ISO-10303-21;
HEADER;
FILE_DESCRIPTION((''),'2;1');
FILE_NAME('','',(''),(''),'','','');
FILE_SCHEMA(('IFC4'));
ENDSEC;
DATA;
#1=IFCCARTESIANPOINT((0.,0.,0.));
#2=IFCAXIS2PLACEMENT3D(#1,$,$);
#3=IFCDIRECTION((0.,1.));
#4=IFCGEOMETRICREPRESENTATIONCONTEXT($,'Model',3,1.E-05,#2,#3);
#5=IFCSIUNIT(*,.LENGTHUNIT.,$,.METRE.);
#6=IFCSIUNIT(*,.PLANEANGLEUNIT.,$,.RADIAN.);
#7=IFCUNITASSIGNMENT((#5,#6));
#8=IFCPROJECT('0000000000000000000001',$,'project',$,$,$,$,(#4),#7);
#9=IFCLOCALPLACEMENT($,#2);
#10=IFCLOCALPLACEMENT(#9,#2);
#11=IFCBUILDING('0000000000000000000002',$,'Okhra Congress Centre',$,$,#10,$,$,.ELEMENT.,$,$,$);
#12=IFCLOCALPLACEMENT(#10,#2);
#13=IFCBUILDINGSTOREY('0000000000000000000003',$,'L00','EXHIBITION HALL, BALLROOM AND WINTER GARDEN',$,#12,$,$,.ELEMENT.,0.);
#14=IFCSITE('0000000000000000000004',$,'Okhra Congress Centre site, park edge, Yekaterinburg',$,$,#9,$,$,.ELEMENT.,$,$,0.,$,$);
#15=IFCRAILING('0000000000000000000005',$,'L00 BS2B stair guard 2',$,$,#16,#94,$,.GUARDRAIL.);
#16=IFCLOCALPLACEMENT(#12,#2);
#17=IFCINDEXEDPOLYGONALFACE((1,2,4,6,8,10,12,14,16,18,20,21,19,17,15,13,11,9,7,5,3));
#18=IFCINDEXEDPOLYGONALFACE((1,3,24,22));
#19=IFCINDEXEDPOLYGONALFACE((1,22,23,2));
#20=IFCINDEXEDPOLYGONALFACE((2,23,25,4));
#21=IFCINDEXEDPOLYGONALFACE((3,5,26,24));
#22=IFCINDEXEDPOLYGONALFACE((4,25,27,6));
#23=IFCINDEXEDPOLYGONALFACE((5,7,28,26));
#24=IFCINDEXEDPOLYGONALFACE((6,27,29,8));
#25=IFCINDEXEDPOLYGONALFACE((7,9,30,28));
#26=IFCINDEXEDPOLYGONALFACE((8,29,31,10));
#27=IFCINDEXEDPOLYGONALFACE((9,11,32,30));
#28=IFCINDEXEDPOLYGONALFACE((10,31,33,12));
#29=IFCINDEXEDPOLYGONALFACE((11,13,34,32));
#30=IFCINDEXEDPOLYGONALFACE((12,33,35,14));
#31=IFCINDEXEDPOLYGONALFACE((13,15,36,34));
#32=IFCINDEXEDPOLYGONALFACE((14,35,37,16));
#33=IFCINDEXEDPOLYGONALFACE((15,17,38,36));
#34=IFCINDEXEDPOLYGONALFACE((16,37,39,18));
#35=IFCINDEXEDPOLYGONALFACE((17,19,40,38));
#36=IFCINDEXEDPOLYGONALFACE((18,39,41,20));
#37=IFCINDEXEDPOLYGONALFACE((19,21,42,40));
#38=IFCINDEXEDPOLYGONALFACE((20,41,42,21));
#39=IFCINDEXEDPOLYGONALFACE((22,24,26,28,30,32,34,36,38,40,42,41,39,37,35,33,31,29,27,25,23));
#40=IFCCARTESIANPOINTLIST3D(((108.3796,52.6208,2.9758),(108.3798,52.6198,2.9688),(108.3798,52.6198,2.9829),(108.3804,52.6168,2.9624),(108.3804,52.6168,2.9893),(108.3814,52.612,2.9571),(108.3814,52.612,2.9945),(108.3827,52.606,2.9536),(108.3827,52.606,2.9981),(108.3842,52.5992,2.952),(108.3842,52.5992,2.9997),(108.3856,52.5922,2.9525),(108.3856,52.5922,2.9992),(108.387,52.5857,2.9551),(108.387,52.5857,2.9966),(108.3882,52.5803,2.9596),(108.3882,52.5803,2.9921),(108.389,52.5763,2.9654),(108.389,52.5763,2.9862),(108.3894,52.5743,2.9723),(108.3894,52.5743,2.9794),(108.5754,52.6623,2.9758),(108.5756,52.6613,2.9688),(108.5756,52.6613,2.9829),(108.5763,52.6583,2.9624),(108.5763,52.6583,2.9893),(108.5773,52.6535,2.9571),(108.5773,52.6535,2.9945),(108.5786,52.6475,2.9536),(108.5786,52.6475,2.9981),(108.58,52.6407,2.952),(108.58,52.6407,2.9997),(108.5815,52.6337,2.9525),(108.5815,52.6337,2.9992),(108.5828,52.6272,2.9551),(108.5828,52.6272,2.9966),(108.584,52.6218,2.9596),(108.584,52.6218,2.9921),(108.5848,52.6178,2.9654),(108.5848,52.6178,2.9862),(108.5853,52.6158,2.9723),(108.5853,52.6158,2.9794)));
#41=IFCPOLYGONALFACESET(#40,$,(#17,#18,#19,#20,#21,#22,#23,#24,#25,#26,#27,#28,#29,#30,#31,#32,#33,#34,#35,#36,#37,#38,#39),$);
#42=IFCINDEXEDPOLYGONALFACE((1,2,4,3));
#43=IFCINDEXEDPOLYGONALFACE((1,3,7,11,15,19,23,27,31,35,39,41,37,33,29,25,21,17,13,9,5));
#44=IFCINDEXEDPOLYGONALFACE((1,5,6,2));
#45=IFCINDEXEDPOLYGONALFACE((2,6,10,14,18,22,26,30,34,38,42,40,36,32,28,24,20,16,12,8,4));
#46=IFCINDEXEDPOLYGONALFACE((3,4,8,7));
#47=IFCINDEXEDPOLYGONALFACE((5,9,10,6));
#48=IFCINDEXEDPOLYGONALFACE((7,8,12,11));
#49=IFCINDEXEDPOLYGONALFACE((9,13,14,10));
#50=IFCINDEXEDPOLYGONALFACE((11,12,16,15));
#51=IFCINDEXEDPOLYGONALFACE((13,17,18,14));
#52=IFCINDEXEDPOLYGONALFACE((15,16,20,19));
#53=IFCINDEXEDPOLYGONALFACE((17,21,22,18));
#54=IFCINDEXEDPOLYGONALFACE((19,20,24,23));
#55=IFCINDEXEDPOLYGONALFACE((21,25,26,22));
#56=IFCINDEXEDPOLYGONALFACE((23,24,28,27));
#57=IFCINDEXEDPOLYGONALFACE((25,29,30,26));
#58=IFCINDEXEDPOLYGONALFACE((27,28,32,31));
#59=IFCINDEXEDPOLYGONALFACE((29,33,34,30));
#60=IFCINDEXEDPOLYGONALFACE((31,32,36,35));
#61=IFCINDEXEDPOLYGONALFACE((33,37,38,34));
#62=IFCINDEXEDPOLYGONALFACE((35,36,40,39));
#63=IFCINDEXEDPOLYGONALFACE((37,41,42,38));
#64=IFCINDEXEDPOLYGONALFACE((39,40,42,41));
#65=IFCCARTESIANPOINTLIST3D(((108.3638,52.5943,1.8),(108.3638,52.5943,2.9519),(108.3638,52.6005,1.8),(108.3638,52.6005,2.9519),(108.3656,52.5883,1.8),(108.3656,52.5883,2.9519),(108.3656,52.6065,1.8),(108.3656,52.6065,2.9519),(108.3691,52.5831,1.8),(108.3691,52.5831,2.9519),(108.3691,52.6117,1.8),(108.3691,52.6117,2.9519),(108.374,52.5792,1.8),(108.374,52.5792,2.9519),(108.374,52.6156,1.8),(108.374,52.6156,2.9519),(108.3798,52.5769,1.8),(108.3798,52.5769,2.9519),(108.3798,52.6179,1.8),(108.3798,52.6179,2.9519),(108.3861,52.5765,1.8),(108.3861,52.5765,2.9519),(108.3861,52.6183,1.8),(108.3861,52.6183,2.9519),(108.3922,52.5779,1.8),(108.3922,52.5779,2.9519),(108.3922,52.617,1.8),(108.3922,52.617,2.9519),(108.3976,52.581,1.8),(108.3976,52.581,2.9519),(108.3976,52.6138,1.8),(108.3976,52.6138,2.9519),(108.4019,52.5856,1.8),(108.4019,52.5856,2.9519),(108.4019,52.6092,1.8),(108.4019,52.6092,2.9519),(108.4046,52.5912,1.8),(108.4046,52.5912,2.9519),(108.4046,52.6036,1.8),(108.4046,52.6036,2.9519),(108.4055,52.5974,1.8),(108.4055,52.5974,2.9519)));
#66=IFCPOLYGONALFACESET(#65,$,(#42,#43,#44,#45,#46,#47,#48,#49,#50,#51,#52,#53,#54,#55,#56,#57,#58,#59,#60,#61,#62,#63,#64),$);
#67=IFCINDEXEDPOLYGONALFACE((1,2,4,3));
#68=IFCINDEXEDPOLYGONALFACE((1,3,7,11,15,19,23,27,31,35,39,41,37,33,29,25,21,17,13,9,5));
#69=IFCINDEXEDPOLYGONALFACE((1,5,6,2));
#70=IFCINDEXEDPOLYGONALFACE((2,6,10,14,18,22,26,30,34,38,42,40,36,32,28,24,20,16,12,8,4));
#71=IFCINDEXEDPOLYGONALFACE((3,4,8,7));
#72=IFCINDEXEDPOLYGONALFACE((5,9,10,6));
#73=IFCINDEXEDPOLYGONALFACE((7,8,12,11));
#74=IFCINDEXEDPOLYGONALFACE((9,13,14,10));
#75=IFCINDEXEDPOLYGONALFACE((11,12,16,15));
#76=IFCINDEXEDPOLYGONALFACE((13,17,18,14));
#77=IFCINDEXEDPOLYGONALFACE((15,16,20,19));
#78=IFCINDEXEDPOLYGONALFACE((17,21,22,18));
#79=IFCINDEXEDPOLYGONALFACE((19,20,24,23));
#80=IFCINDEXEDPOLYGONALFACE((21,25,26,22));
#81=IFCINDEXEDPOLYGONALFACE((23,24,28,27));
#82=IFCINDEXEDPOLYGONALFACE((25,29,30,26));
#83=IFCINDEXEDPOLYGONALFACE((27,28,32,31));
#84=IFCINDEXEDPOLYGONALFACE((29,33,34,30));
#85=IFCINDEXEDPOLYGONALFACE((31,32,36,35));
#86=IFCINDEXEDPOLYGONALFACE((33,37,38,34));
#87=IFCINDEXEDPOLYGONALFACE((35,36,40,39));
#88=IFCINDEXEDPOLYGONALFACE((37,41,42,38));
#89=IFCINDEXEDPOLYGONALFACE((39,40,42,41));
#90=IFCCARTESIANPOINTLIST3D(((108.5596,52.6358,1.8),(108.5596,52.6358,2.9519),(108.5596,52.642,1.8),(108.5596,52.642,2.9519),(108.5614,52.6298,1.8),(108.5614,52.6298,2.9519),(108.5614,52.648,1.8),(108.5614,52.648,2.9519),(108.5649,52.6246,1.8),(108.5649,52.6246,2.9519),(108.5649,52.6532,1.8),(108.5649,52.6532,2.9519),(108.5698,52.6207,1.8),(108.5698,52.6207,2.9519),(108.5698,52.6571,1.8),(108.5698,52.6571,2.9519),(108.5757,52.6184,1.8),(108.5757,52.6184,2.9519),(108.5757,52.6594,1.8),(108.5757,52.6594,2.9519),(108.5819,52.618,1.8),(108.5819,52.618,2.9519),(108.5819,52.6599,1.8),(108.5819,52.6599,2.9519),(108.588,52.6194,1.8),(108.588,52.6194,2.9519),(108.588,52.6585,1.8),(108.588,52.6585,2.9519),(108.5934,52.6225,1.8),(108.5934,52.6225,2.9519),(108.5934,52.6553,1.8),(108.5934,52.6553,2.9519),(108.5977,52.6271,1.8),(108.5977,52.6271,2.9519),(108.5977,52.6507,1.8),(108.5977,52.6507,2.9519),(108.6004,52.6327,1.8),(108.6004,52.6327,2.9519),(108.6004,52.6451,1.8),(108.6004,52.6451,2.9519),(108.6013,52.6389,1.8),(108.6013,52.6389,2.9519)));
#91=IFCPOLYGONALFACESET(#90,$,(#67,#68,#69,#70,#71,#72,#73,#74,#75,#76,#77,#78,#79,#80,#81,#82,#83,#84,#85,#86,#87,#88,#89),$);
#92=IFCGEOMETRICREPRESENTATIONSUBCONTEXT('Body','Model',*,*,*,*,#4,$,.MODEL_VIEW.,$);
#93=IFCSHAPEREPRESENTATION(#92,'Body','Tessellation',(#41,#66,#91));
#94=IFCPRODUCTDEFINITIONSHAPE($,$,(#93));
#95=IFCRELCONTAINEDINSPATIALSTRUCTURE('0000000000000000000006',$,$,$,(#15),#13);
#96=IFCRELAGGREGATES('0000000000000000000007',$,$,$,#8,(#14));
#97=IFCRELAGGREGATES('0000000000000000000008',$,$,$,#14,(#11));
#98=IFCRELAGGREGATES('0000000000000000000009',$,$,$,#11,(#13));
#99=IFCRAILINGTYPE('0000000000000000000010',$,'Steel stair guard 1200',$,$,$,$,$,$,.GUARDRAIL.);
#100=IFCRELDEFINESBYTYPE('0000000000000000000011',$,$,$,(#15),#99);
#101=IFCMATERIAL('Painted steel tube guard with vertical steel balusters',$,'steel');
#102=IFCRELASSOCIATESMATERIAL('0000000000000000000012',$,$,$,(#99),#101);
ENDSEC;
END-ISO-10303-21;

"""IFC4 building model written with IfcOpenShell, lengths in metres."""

from ifc_helpers import new_model, si_unit, direction, frame, origin, origin_2d, place, context, subcontext, project, spatial, circle, extrude, material, type_object, element, save


model = new_model("IFC4")

# Units and contexts
model_context = context("Model", 3, precision=1e-05, world=origin(), true_north=direction((0.0, 1.0)))
body_context = subcontext(model_context, "Body", "Model", "MODEL_VIEW")
ifc_project = project(units=[si_unit("LENGTHUNIT", "METRE"), si_unit("PLANEANGLEUNIT", "RADIAN")], contexts=[model_context])

# Site, building, storey
site_placement = place(None, origin())
site = spatial("IfcSite", under=ifc_project, at=site_placement, Name="Okhra Congress Centre site, park edge, Yekaterinburg", CompositionType="ELEMENT", RefElevation=0.0)
building_placement = place(site_placement, origin())
building = spatial("IfcBuilding", under=site, at=building_placement, Name="Okhra Congress Centre", CompositionType="ELEMENT")
storey_placement = place(building_placement, origin())
storey = spatial("IfcBuildingStorey", under=building, at=storey_placement, Name="L00", Description="EXHIBITION HALL, BALLROOM AND WINTER GARDEN", CompositionType="ELEMENT", Elevation=0.0)

# Railing
ifc_material_1 = material(Name="Painted steel tube guard with vertical steel balusters", Category="steel")
railing_type_1 = type_object("IfcRailingType", Name="Steel stair guard 1200", PredefinedType="GUARDRAIL", material=ifc_material_1)
railing_1_placement = place(storey_placement, frame((108.3845, 52.5974, 1.8)))
element("IfcRailing", 1, at=railing_1_placement, inside=storey, type_object=railing_type_1, Name="L00 BS2B stair guard 2", PredefinedType="GUARDRAIL", context=body_context, shape_type="SweptSolid", body=[
    extrude(circle(Radius=0.0239, at=origin_2d()), frame((0.0, 0.0, 1.1758), z_axis=(0.978264, 0.207363, 0.0), x_axis=(-0.207363, 0.978264, 0.0)), (0.0, 0.0, 1.0), 0.2002),
    extrude(circle(Radius=0.021, at=origin_2d()), origin(), (0.0, 0.0, 1.0), 1.1519),
    extrude(circle(Radius=0.021, at=origin_2d()), frame((0.1958, 0.0415, 0.0)), (0.0, 0.0, 1.0), 1.1519),
])

save(model, "model.ifc")
